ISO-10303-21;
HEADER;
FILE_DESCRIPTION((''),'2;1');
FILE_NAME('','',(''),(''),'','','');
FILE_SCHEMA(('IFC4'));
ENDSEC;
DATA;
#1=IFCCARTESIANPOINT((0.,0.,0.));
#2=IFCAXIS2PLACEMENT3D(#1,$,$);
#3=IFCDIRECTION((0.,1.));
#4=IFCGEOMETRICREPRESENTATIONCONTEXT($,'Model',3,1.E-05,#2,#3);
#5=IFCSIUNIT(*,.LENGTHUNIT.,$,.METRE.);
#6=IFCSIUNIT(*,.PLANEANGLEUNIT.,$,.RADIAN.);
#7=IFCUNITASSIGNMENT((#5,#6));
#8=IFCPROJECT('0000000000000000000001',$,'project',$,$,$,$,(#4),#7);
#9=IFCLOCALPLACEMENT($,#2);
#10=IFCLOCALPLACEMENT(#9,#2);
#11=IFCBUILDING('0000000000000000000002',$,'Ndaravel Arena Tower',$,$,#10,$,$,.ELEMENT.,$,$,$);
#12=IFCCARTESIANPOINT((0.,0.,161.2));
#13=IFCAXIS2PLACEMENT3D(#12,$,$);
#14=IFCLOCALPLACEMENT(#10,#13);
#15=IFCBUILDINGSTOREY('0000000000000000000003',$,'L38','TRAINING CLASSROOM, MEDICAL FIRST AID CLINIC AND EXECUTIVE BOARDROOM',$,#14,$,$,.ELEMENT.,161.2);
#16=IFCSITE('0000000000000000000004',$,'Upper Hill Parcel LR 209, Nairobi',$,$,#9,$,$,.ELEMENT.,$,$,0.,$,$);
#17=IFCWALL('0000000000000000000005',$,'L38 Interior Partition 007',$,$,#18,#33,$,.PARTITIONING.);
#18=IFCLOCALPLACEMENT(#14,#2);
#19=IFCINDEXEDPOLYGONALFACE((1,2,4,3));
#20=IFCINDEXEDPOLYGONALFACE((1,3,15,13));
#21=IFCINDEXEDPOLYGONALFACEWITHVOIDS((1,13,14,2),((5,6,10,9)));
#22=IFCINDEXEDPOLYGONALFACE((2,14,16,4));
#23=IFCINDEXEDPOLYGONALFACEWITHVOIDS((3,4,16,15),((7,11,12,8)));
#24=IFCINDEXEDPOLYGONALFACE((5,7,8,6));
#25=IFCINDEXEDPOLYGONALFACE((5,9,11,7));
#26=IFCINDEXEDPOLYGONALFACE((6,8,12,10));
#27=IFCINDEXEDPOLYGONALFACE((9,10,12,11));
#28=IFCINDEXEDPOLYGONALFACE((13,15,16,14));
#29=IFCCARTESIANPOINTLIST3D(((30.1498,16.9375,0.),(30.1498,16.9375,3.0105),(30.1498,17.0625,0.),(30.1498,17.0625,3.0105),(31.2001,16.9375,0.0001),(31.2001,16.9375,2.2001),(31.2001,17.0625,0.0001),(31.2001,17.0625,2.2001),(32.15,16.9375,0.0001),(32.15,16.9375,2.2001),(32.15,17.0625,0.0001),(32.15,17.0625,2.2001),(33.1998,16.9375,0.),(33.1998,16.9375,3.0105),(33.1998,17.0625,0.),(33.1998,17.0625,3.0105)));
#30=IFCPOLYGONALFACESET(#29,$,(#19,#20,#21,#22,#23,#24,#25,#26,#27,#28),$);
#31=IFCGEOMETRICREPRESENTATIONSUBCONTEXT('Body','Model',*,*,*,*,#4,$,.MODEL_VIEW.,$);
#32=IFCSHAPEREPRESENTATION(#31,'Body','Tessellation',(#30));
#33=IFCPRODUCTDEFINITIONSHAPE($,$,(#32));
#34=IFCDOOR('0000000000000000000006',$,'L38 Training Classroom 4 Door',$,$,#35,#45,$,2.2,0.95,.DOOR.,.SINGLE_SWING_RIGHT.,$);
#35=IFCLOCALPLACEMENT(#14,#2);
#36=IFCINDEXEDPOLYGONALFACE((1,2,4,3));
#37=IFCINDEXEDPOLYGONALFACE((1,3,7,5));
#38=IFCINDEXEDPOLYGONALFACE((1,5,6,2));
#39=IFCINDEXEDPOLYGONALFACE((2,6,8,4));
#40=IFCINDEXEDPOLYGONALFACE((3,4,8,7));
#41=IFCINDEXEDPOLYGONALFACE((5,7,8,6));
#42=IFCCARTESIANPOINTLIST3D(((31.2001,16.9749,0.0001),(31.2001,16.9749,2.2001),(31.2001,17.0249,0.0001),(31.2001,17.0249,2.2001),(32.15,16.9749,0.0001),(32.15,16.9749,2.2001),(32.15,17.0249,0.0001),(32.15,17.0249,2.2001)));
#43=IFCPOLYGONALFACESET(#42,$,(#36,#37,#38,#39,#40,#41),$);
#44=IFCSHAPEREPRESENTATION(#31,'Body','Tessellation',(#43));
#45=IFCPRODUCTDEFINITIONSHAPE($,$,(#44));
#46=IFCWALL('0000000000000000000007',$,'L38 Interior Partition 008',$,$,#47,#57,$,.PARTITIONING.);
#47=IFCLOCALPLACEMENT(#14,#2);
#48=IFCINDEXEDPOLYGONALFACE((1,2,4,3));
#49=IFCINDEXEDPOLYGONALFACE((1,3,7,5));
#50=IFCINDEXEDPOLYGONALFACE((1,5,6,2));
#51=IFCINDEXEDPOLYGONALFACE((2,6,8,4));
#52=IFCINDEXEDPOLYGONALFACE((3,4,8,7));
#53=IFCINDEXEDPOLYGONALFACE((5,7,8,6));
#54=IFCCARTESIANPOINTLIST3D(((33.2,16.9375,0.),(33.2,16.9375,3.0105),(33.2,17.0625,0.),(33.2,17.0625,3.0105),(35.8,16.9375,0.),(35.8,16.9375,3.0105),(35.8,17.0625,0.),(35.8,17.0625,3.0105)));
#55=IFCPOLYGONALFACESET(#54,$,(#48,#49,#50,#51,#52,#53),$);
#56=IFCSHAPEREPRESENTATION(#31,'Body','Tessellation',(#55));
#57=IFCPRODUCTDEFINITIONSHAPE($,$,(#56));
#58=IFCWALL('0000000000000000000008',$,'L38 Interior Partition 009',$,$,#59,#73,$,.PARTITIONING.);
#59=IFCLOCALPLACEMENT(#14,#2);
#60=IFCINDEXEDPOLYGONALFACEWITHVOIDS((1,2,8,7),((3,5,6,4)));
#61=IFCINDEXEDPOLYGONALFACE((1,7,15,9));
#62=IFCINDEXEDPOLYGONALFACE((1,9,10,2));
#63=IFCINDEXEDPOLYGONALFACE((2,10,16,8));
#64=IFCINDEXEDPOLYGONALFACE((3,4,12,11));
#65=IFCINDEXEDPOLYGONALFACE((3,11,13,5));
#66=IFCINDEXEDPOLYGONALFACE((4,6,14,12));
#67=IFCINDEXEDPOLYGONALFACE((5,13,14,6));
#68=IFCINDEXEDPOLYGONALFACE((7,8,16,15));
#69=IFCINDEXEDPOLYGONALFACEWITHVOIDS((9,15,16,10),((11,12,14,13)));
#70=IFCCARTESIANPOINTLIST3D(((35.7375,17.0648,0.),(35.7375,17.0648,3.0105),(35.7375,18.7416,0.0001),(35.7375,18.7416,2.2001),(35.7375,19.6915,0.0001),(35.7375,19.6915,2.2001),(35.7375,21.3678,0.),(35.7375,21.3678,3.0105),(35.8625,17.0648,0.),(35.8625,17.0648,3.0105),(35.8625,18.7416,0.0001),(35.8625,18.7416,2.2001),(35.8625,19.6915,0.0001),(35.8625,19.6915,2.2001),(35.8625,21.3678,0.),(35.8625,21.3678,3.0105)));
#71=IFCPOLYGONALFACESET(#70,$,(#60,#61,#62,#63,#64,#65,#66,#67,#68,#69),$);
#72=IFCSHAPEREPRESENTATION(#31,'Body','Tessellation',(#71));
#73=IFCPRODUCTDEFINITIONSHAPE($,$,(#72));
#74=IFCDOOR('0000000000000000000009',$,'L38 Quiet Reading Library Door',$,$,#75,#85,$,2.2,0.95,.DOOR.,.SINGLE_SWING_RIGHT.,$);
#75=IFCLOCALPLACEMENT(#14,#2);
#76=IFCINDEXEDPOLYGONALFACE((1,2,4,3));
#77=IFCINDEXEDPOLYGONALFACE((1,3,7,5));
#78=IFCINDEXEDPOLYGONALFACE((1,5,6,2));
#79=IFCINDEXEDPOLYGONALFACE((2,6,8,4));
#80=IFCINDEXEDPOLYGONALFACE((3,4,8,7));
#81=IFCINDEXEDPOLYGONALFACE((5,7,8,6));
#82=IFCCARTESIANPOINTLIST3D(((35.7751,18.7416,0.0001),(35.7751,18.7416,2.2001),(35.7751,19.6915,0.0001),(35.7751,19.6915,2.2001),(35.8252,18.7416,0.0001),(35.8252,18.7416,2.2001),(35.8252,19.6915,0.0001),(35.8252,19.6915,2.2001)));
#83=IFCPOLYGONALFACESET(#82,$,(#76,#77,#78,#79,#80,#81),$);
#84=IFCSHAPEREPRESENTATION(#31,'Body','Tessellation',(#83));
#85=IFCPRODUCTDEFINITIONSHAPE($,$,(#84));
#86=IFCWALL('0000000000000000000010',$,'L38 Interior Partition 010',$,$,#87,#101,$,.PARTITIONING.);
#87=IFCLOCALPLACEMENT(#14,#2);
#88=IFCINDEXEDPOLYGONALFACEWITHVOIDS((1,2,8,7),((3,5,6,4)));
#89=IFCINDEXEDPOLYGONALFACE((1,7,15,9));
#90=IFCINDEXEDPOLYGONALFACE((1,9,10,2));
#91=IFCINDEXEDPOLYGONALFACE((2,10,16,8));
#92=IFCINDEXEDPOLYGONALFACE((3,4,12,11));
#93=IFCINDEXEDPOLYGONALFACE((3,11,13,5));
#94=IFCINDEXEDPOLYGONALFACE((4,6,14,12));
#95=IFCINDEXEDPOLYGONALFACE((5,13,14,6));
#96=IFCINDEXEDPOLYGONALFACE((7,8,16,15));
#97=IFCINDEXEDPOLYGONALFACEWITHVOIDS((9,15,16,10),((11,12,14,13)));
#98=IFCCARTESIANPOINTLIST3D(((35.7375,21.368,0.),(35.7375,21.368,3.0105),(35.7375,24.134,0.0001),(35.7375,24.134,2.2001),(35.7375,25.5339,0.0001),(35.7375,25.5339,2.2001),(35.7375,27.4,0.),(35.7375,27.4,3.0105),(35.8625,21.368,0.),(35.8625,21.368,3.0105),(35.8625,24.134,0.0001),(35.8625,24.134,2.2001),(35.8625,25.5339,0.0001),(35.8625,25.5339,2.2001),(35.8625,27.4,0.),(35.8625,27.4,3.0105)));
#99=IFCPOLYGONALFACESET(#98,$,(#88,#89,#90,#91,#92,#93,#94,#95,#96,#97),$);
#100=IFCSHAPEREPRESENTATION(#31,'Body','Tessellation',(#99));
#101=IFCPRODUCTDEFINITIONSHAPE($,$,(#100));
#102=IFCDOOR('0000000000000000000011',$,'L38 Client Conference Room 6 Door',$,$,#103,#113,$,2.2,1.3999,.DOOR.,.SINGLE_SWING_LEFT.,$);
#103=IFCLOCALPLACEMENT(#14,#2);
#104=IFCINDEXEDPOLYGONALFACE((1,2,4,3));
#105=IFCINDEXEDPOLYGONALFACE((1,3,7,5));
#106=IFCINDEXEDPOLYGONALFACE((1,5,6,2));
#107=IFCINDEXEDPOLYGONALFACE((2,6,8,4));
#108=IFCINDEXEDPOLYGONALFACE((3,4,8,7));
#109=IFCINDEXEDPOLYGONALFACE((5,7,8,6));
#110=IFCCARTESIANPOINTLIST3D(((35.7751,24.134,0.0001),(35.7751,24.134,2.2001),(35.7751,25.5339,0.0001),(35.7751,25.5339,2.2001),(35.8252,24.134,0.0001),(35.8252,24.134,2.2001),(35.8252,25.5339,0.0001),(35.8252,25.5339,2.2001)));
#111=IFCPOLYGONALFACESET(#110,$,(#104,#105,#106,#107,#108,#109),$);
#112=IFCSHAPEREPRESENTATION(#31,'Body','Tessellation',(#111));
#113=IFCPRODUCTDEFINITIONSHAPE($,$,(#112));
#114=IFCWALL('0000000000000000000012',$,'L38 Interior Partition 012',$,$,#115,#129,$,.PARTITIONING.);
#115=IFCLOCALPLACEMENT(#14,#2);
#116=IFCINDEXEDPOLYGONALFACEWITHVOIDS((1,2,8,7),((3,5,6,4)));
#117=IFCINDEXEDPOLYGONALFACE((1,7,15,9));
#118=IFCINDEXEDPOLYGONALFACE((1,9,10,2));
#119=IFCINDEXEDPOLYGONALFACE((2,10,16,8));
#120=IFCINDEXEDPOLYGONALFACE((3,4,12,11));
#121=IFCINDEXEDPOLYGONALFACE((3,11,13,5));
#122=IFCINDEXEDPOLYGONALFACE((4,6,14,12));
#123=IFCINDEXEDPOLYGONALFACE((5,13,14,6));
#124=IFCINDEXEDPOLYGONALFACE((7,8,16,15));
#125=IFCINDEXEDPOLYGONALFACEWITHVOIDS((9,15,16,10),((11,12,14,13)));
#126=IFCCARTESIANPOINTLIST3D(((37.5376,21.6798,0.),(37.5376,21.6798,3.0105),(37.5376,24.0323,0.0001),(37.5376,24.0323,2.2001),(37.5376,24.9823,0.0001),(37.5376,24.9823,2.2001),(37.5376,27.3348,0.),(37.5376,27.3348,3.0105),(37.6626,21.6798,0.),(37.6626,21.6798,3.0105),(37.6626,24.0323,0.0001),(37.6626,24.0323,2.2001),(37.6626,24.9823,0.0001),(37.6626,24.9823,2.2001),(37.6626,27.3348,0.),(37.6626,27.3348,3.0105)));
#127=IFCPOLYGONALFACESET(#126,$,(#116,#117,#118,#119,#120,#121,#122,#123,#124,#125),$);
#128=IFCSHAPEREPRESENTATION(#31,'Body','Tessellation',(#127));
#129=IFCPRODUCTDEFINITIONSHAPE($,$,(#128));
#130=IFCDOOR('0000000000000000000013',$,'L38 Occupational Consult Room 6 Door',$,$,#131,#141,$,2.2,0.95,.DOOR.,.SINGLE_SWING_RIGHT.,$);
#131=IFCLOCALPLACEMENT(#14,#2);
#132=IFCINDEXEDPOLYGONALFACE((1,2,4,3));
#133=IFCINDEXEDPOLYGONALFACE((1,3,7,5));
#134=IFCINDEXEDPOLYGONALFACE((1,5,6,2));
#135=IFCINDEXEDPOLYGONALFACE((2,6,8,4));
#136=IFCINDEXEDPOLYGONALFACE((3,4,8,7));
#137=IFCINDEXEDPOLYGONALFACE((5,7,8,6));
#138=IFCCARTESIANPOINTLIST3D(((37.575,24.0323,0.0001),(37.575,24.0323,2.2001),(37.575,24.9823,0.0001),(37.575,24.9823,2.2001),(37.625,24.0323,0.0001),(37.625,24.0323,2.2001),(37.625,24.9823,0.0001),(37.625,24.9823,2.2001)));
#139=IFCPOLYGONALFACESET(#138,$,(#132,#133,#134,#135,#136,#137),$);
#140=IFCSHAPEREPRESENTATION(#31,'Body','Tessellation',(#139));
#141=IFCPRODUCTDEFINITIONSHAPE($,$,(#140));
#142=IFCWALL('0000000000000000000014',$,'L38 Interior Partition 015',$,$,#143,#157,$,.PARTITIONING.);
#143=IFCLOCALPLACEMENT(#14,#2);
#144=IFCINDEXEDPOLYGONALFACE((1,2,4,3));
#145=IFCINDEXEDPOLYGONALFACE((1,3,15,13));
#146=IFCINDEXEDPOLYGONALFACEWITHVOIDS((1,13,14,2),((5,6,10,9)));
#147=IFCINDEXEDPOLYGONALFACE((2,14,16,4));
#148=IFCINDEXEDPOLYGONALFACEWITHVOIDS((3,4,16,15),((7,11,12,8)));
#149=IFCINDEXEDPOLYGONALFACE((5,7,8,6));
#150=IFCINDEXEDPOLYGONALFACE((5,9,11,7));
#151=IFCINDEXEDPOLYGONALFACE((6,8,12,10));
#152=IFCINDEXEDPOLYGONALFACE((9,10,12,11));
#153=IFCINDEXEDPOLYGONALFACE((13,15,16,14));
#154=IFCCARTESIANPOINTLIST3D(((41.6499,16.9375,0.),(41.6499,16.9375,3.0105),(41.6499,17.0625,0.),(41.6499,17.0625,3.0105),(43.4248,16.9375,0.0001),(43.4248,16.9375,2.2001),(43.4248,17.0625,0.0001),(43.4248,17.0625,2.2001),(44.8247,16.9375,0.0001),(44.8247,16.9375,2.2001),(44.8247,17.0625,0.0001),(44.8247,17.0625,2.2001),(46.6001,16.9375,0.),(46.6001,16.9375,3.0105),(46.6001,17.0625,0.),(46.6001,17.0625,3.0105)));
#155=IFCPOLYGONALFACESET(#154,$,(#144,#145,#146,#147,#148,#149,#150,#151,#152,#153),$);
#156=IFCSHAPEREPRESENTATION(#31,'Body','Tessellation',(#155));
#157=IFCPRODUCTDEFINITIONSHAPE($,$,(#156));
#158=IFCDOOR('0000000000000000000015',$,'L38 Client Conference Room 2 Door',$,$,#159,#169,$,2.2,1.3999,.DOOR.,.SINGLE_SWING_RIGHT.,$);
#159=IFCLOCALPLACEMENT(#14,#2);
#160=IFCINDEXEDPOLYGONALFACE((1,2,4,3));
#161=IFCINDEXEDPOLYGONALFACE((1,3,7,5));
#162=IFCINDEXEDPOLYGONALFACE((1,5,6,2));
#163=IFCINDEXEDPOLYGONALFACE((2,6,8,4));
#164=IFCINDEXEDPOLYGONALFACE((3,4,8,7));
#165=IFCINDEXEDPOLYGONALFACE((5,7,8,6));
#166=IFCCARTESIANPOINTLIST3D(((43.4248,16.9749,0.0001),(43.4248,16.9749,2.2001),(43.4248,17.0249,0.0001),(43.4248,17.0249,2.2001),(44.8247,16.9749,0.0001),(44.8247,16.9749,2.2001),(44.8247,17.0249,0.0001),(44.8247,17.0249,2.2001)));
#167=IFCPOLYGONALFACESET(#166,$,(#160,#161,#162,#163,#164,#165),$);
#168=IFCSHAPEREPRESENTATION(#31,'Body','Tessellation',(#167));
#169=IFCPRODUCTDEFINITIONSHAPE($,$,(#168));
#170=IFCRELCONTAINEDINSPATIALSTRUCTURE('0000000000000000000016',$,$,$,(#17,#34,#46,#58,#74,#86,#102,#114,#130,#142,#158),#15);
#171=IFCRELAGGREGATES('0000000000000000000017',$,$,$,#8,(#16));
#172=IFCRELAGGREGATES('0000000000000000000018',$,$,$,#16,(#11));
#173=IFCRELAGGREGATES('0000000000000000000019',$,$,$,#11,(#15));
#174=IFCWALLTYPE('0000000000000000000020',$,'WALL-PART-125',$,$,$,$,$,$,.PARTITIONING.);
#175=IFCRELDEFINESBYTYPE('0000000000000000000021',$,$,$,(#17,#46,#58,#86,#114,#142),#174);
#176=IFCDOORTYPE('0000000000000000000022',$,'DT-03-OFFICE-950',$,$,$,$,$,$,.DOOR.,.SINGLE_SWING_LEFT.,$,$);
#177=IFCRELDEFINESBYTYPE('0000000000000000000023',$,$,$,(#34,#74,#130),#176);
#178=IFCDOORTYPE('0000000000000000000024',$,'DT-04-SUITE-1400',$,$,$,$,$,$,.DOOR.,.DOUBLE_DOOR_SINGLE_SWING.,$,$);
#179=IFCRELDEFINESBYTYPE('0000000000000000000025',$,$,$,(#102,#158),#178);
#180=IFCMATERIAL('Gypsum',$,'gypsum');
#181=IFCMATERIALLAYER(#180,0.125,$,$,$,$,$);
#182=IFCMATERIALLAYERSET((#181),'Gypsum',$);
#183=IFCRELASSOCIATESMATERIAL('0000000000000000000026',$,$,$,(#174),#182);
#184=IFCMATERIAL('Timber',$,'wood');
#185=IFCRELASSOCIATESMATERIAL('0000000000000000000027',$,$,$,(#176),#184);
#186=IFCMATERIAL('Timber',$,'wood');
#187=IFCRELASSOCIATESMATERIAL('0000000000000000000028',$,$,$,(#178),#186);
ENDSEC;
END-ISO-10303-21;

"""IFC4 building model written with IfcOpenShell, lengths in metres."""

from ifc_helpers import new_model, si_unit, direction, frame, frame_2d, origin, place, context, subcontext, project, spatial, rectangle, extrude, material, layer, layer_set, type_object, element, fill, save


model = new_model("IFC4")

# Units and contexts
model_context = context("Model", 3, precision=1e-05, world=origin(), true_north=direction((0.0, 1.0)))
body_context = subcontext(model_context, "Body", "Model", "MODEL_VIEW")
ifc_project = project(units=[si_unit("LENGTHUNIT", "METRE"), si_unit("PLANEANGLEUNIT", "RADIAN")], contexts=[model_context])

# Site, building, storey
site_placement = place(None, origin())
site = spatial("IfcSite", under=ifc_project, at=site_placement, Name="Upper Hill Parcel LR 209, Nairobi", CompositionType="ELEMENT", RefElevation=0.0)
building_placement = place(site_placement, origin())
building = spatial("IfcBuilding", under=site, at=building_placement, Name="Ndaravel Arena Tower", CompositionType="ELEMENT")
storey_placement = place(building_placement, frame((0.0, 0.0, 161.2)))
storey = spatial("IfcBuildingStorey", under=building, at=storey_placement, Name="L38", Description="TRAINING CLASSROOM, MEDICAL FIRST AID CLINIC AND EXECUTIVE BOARDROOM", CompositionType="ELEMENT", Elevation=161.2)

# Wall, opening, door
ifc_material_1 = material(Name="Gypsum", Category="gypsum")
ifc_layer_1 = layer(ifc_material_1, 0.125)
ifc_layer_set_1 = layer_set([ifc_layer_1], Name="Gypsum")
wall_type_1 = type_object("IfcWallType", Name="WALL-PART-125", PredefinedType="PARTITIONING", material=ifc_layer_set_1)
wall_1_placement = place(storey_placement, frame((30.1499, 17.0, 0.0), z_axis=(0.0, 0.0, 1.0), x_axis=(1.0, 0.0, 0.0)))
wall_1 = element("IfcWall", 1, at=wall_1_placement, inside=storey, type_object=wall_type_1, Name="L38 Interior Partition 007", PredefinedType="PARTITIONING", context=body_context, shape_type="SweptSolid", body=[
    extrude(rectangle(XDim=3.05, YDim=0.125, at=frame_2d((1.5249, 0.0))), origin(), (0.0, 0.0, 1.0), 3.0105),
])
opening_1_placement = place(wall_1_placement, frame((1.05, 0.0, 0.0)))
opening_1 = element("IfcOpeningElement", 2, at=opening_1_placement, cuts=wall_1, PredefinedType="OPENING", context=body_context, shape_type="SweptSolid", body=[
    extrude(rectangle(XDim=0.95, YDim=2.2, at=frame_2d((0.4751, 1.1001))), frame((0.0, 0.0625, 0.0), z_axis=(0.0, -1.0, 0.0), x_axis=(1.0, 0.0, 0.0)), (0.0, 0.0, 1.0), 0.125),
])
ifc_material_2 = material(Name="Timber", Category="wood")
door_type_1 = type_object("IfcDoorType", Name="DT-03-OFFICE-950", OperationType="SINGLE_SWING_LEFT", PredefinedType="DOOR", material=ifc_material_2)
door_1_placement = place(opening_1_placement, origin())
door_1 = element("IfcDoor", 3, at=door_1_placement, inside=storey, type_object=door_type_1, Name="L38 Training Classroom 4 Door", OperationType="SINGLE_SWING_RIGHT", OverallHeight=2.2, OverallWidth=0.95, PredefinedType="DOOR", context=body_context, shape_type="SweptSolid", body=[
    extrude(rectangle(XDim=0.95, YDim=2.2, at=frame_2d((0.4751, 1.1001))), frame((0.0, 0.0249, 0.0), z_axis=(0.0, -1.0, 0.0), x_axis=(1.0, 0.0, 0.0)), (0.0, 0.0, 1.0), 0.05),
])
fill(opening_1, door_1)

# Wall
wall_2_placement = place(storey_placement, frame((33.2, 17.0, 0.0), z_axis=(0.0, 0.0, 1.0), x_axis=(1.0, 0.0, 0.0)))
element("IfcWall", 4, at=wall_2_placement, inside=storey, type_object=wall_type_1, Name="L38 Interior Partition 008", PredefinedType="PARTITIONING", context=body_context, shape_type="SweptSolid", body=[
    extrude(rectangle(XDim=2.6001, YDim=0.125, at=frame_2d((1.3, 0.0))), origin(), (0.0, 0.0, 1.0), 3.0105),
])

# Walls, openings, doors
wall_3_placement = place(storey_placement, frame((35.8, 17.0649, 0.0), z_axis=(0.0, 0.0, 1.0), x_axis=(0.0, 1.0, 0.0)))
wall_3 = element("IfcWall", 5, at=wall_3_placement, inside=storey, type_object=wall_type_1, Name="L38 Interior Partition 009", PredefinedType="PARTITIONING", context=body_context, shape_type="SweptSolid", body=[
    extrude(rectangle(XDim=4.303, YDim=0.125, at=frame_2d((2.1514, 0.0))), origin(), (0.0, 0.0, 1.0), 3.0105),
])
opening_2_placement = place(wall_3_placement, frame((1.6765, 0.0, 0.0)))
opening_2 = element("IfcOpeningElement", 6, at=opening_2_placement, cuts=wall_3, PredefinedType="OPENING", context=body_context, shape_type="SweptSolid", body=[
    extrude(rectangle(XDim=0.95, YDim=2.2, at=frame_2d((0.4751, 1.1001))), frame((0.0, 0.0625, 0.0), z_axis=(0.0, -1.0, 0.0), x_axis=(1.0, 0.0, 0.0)), (0.0, 0.0, 1.0), 0.125),
])
door_2_placement = place(opening_2_placement, origin())
door_2 = element("IfcDoor", 7, at=door_2_placement, inside=storey, type_object=door_type_1, Name="L38 Quiet Reading Library Door", OperationType="SINGLE_SWING_RIGHT", OverallHeight=2.2, OverallWidth=0.95, PredefinedType="DOOR", context=body_context, shape_type="SweptSolid", body=[
    extrude(rectangle(XDim=0.95, YDim=2.2, at=frame_2d((0.4751, 1.1001))), frame((0.0, 0.0249, 0.0), z_axis=(0.0, -1.0, 0.0), x_axis=(1.0, 0.0, 0.0)), (0.0, 0.0, 1.0), 0.05),
])
fill(opening_2, door_2)
wall_4_placement = place(storey_placement, frame((35.8, 21.3679, 0.0), z_axis=(0.0, 0.0, 1.0), x_axis=(0.0, 1.0, 0.0)))
wall_4 = element("IfcWall", 8, at=wall_4_placement, inside=storey, type_object=wall_type_1, Name="L38 Interior Partition 010", PredefinedType="PARTITIONING", context=body_context, shape_type="SweptSolid", body=[
    extrude(rectangle(XDim=6.032, YDim=0.125, at=frame_2d((3.0161, 0.0))), origin(), (0.0, 0.0, 1.0), 3.0105),
])
opening_3_placement = place(wall_4_placement, frame((2.7661, 0.0, 0.0)))
opening_3 = element("IfcOpeningElement", 9, at=opening_3_placement, cuts=wall_4, PredefinedType="OPENING", context=body_context, shape_type="SweptSolid", body=[
    extrude(rectangle(XDim=1.3999, YDim=2.2, at=frame_2d((0.7, 1.1001))), frame((0.0, 0.0625, 0.0), z_axis=(0.0, -1.0, 0.0), x_axis=(1.0, 0.0, 0.0)), (0.0, 0.0, 1.0), 0.125),
])
ifc_material_3 = material(Name="Timber", Category="wood")
door_type_2 = type_object("IfcDoorType", Name="DT-04-SUITE-1400", OperationType="DOUBLE_DOOR_SINGLE_SWING", PredefinedType="DOOR", material=ifc_material_3)
door_3_placement = place(opening_3_placement, origin())
door_3 = element("IfcDoor", 10, at=door_3_placement, inside=storey, type_object=door_type_2, Name="L38 Client Conference Room 6 Door", OperationType="SINGLE_SWING_LEFT", OverallHeight=2.2, OverallWidth=1.3999, PredefinedType="DOOR", context=body_context, shape_type="SweptSolid", body=[
    extrude(rectangle(XDim=1.3999, YDim=2.2, at=frame_2d((0.7, 1.1001))), frame((0.0, 0.0249, 0.0), z_axis=(0.0, -1.0, 0.0), x_axis=(1.0, 0.0, 0.0)), (0.0, 0.0, 1.0), 0.05),
])
fill(opening_3, door_3)
wall_5_placement = place(storey_placement, frame((37.6001, 27.335, 0.0), z_axis=(0.0, 0.0, 1.0), x_axis=(0.0, -1.0, 0.0)))
wall_5 = element("IfcWall", 11, at=wall_5_placement, inside=storey, type_object=wall_type_1, Name="L38 Interior Partition 012", PredefinedType="PARTITIONING", context=body_context, shape_type="SweptSolid", body=[
    extrude(rectangle(XDim=5.655, YDim=0.125, at=frame_2d((2.8276, 0.0))), origin(), (0.0, 0.0, 1.0), 3.0105),
])
opening_4_placement = place(wall_5_placement, frame((2.3525, 0.0, 0.0)))
opening_4 = element("IfcOpeningElement", 12, at=opening_4_placement, cuts=wall_5, PredefinedType="OPENING", context=body_context, shape_type="SweptSolid", body=[
    extrude(rectangle(XDim=0.95, YDim=2.2, at=frame_2d((0.4751, 1.1001))), frame((0.0, 0.0625, 0.0), z_axis=(0.0, -1.0, 0.0), x_axis=(1.0, 0.0, 0.0)), (0.0, 0.0, 1.0), 0.125),
])
door_4_placement = place(opening_4_placement, origin())
door_4 = element("IfcDoor", 13, at=door_4_placement, inside=storey, type_object=door_type_1, Name="L38 Occupational Consult Room 6 Door", OperationType="SINGLE_SWING_RIGHT", OverallHeight=2.2, OverallWidth=0.95, PredefinedType="DOOR", context=body_context, shape_type="SweptSolid", body=[
    extrude(rectangle(XDim=0.95, YDim=2.2, at=frame_2d((0.4751, 1.1001))), frame((0.0, 0.0249, 0.0), z_axis=(0.0, -1.0, 0.0), x_axis=(1.0, 0.0, 0.0)), (0.0, 0.0, 1.0), 0.05),
])
fill(opening_4, door_4)
wall_6_placement = place(storey_placement, frame((41.6499, 17.0, 0.0), z_axis=(0.0, 0.0, 1.0), x_axis=(1.0, 0.0, 0.0)))
wall_6 = element("IfcWall", 14, at=wall_6_placement, inside=storey, type_object=wall_type_1, Name="L38 Interior Partition 015", PredefinedType="PARTITIONING", context=body_context, shape_type="SweptSolid", body=[
    extrude(rectangle(XDim=4.9502, YDim=0.125, at=frame_2d((2.4751, 0.0))), origin(), (0.0, 0.0, 1.0), 3.0105),
])
opening_5_placement = place(wall_6_placement, frame((1.7749, 0.0, 0.0)))
opening_5 = element("IfcOpeningElement", 15, at=opening_5_placement, cuts=wall_6, PredefinedType="OPENING", context=body_context, shape_type="SweptSolid", body=[
    extrude(rectangle(XDim=1.3999, YDim=2.2, at=frame_2d((0.7, 1.1001))), frame((0.0, 0.0625, 0.0), z_axis=(0.0, -1.0, 0.0), x_axis=(1.0, 0.0, 0.0)), (0.0, 0.0, 1.0), 0.125),
])
door_5_placement = place(opening_5_placement, origin())
door_5 = element("IfcDoor", 16, at=door_5_placement, inside=storey, type_object=door_type_2, Name="L38 Client Conference Room 2 Door", OperationType="SINGLE_SWING_RIGHT", OverallHeight=2.2, OverallWidth=1.3999, PredefinedType="DOOR", context=body_context, shape_type="SweptSolid", body=[
    extrude(rectangle(XDim=1.3999, YDim=2.2, at=frame_2d((0.7, 1.1001))), frame((0.0, 0.0249, 0.0), z_axis=(0.0, -1.0, 0.0), x_axis=(1.0, 0.0, 0.0)), (0.0, 0.0, 1.0), 0.05),
])
fill(opening_5, door_5)

save(model, "model.ifc")
